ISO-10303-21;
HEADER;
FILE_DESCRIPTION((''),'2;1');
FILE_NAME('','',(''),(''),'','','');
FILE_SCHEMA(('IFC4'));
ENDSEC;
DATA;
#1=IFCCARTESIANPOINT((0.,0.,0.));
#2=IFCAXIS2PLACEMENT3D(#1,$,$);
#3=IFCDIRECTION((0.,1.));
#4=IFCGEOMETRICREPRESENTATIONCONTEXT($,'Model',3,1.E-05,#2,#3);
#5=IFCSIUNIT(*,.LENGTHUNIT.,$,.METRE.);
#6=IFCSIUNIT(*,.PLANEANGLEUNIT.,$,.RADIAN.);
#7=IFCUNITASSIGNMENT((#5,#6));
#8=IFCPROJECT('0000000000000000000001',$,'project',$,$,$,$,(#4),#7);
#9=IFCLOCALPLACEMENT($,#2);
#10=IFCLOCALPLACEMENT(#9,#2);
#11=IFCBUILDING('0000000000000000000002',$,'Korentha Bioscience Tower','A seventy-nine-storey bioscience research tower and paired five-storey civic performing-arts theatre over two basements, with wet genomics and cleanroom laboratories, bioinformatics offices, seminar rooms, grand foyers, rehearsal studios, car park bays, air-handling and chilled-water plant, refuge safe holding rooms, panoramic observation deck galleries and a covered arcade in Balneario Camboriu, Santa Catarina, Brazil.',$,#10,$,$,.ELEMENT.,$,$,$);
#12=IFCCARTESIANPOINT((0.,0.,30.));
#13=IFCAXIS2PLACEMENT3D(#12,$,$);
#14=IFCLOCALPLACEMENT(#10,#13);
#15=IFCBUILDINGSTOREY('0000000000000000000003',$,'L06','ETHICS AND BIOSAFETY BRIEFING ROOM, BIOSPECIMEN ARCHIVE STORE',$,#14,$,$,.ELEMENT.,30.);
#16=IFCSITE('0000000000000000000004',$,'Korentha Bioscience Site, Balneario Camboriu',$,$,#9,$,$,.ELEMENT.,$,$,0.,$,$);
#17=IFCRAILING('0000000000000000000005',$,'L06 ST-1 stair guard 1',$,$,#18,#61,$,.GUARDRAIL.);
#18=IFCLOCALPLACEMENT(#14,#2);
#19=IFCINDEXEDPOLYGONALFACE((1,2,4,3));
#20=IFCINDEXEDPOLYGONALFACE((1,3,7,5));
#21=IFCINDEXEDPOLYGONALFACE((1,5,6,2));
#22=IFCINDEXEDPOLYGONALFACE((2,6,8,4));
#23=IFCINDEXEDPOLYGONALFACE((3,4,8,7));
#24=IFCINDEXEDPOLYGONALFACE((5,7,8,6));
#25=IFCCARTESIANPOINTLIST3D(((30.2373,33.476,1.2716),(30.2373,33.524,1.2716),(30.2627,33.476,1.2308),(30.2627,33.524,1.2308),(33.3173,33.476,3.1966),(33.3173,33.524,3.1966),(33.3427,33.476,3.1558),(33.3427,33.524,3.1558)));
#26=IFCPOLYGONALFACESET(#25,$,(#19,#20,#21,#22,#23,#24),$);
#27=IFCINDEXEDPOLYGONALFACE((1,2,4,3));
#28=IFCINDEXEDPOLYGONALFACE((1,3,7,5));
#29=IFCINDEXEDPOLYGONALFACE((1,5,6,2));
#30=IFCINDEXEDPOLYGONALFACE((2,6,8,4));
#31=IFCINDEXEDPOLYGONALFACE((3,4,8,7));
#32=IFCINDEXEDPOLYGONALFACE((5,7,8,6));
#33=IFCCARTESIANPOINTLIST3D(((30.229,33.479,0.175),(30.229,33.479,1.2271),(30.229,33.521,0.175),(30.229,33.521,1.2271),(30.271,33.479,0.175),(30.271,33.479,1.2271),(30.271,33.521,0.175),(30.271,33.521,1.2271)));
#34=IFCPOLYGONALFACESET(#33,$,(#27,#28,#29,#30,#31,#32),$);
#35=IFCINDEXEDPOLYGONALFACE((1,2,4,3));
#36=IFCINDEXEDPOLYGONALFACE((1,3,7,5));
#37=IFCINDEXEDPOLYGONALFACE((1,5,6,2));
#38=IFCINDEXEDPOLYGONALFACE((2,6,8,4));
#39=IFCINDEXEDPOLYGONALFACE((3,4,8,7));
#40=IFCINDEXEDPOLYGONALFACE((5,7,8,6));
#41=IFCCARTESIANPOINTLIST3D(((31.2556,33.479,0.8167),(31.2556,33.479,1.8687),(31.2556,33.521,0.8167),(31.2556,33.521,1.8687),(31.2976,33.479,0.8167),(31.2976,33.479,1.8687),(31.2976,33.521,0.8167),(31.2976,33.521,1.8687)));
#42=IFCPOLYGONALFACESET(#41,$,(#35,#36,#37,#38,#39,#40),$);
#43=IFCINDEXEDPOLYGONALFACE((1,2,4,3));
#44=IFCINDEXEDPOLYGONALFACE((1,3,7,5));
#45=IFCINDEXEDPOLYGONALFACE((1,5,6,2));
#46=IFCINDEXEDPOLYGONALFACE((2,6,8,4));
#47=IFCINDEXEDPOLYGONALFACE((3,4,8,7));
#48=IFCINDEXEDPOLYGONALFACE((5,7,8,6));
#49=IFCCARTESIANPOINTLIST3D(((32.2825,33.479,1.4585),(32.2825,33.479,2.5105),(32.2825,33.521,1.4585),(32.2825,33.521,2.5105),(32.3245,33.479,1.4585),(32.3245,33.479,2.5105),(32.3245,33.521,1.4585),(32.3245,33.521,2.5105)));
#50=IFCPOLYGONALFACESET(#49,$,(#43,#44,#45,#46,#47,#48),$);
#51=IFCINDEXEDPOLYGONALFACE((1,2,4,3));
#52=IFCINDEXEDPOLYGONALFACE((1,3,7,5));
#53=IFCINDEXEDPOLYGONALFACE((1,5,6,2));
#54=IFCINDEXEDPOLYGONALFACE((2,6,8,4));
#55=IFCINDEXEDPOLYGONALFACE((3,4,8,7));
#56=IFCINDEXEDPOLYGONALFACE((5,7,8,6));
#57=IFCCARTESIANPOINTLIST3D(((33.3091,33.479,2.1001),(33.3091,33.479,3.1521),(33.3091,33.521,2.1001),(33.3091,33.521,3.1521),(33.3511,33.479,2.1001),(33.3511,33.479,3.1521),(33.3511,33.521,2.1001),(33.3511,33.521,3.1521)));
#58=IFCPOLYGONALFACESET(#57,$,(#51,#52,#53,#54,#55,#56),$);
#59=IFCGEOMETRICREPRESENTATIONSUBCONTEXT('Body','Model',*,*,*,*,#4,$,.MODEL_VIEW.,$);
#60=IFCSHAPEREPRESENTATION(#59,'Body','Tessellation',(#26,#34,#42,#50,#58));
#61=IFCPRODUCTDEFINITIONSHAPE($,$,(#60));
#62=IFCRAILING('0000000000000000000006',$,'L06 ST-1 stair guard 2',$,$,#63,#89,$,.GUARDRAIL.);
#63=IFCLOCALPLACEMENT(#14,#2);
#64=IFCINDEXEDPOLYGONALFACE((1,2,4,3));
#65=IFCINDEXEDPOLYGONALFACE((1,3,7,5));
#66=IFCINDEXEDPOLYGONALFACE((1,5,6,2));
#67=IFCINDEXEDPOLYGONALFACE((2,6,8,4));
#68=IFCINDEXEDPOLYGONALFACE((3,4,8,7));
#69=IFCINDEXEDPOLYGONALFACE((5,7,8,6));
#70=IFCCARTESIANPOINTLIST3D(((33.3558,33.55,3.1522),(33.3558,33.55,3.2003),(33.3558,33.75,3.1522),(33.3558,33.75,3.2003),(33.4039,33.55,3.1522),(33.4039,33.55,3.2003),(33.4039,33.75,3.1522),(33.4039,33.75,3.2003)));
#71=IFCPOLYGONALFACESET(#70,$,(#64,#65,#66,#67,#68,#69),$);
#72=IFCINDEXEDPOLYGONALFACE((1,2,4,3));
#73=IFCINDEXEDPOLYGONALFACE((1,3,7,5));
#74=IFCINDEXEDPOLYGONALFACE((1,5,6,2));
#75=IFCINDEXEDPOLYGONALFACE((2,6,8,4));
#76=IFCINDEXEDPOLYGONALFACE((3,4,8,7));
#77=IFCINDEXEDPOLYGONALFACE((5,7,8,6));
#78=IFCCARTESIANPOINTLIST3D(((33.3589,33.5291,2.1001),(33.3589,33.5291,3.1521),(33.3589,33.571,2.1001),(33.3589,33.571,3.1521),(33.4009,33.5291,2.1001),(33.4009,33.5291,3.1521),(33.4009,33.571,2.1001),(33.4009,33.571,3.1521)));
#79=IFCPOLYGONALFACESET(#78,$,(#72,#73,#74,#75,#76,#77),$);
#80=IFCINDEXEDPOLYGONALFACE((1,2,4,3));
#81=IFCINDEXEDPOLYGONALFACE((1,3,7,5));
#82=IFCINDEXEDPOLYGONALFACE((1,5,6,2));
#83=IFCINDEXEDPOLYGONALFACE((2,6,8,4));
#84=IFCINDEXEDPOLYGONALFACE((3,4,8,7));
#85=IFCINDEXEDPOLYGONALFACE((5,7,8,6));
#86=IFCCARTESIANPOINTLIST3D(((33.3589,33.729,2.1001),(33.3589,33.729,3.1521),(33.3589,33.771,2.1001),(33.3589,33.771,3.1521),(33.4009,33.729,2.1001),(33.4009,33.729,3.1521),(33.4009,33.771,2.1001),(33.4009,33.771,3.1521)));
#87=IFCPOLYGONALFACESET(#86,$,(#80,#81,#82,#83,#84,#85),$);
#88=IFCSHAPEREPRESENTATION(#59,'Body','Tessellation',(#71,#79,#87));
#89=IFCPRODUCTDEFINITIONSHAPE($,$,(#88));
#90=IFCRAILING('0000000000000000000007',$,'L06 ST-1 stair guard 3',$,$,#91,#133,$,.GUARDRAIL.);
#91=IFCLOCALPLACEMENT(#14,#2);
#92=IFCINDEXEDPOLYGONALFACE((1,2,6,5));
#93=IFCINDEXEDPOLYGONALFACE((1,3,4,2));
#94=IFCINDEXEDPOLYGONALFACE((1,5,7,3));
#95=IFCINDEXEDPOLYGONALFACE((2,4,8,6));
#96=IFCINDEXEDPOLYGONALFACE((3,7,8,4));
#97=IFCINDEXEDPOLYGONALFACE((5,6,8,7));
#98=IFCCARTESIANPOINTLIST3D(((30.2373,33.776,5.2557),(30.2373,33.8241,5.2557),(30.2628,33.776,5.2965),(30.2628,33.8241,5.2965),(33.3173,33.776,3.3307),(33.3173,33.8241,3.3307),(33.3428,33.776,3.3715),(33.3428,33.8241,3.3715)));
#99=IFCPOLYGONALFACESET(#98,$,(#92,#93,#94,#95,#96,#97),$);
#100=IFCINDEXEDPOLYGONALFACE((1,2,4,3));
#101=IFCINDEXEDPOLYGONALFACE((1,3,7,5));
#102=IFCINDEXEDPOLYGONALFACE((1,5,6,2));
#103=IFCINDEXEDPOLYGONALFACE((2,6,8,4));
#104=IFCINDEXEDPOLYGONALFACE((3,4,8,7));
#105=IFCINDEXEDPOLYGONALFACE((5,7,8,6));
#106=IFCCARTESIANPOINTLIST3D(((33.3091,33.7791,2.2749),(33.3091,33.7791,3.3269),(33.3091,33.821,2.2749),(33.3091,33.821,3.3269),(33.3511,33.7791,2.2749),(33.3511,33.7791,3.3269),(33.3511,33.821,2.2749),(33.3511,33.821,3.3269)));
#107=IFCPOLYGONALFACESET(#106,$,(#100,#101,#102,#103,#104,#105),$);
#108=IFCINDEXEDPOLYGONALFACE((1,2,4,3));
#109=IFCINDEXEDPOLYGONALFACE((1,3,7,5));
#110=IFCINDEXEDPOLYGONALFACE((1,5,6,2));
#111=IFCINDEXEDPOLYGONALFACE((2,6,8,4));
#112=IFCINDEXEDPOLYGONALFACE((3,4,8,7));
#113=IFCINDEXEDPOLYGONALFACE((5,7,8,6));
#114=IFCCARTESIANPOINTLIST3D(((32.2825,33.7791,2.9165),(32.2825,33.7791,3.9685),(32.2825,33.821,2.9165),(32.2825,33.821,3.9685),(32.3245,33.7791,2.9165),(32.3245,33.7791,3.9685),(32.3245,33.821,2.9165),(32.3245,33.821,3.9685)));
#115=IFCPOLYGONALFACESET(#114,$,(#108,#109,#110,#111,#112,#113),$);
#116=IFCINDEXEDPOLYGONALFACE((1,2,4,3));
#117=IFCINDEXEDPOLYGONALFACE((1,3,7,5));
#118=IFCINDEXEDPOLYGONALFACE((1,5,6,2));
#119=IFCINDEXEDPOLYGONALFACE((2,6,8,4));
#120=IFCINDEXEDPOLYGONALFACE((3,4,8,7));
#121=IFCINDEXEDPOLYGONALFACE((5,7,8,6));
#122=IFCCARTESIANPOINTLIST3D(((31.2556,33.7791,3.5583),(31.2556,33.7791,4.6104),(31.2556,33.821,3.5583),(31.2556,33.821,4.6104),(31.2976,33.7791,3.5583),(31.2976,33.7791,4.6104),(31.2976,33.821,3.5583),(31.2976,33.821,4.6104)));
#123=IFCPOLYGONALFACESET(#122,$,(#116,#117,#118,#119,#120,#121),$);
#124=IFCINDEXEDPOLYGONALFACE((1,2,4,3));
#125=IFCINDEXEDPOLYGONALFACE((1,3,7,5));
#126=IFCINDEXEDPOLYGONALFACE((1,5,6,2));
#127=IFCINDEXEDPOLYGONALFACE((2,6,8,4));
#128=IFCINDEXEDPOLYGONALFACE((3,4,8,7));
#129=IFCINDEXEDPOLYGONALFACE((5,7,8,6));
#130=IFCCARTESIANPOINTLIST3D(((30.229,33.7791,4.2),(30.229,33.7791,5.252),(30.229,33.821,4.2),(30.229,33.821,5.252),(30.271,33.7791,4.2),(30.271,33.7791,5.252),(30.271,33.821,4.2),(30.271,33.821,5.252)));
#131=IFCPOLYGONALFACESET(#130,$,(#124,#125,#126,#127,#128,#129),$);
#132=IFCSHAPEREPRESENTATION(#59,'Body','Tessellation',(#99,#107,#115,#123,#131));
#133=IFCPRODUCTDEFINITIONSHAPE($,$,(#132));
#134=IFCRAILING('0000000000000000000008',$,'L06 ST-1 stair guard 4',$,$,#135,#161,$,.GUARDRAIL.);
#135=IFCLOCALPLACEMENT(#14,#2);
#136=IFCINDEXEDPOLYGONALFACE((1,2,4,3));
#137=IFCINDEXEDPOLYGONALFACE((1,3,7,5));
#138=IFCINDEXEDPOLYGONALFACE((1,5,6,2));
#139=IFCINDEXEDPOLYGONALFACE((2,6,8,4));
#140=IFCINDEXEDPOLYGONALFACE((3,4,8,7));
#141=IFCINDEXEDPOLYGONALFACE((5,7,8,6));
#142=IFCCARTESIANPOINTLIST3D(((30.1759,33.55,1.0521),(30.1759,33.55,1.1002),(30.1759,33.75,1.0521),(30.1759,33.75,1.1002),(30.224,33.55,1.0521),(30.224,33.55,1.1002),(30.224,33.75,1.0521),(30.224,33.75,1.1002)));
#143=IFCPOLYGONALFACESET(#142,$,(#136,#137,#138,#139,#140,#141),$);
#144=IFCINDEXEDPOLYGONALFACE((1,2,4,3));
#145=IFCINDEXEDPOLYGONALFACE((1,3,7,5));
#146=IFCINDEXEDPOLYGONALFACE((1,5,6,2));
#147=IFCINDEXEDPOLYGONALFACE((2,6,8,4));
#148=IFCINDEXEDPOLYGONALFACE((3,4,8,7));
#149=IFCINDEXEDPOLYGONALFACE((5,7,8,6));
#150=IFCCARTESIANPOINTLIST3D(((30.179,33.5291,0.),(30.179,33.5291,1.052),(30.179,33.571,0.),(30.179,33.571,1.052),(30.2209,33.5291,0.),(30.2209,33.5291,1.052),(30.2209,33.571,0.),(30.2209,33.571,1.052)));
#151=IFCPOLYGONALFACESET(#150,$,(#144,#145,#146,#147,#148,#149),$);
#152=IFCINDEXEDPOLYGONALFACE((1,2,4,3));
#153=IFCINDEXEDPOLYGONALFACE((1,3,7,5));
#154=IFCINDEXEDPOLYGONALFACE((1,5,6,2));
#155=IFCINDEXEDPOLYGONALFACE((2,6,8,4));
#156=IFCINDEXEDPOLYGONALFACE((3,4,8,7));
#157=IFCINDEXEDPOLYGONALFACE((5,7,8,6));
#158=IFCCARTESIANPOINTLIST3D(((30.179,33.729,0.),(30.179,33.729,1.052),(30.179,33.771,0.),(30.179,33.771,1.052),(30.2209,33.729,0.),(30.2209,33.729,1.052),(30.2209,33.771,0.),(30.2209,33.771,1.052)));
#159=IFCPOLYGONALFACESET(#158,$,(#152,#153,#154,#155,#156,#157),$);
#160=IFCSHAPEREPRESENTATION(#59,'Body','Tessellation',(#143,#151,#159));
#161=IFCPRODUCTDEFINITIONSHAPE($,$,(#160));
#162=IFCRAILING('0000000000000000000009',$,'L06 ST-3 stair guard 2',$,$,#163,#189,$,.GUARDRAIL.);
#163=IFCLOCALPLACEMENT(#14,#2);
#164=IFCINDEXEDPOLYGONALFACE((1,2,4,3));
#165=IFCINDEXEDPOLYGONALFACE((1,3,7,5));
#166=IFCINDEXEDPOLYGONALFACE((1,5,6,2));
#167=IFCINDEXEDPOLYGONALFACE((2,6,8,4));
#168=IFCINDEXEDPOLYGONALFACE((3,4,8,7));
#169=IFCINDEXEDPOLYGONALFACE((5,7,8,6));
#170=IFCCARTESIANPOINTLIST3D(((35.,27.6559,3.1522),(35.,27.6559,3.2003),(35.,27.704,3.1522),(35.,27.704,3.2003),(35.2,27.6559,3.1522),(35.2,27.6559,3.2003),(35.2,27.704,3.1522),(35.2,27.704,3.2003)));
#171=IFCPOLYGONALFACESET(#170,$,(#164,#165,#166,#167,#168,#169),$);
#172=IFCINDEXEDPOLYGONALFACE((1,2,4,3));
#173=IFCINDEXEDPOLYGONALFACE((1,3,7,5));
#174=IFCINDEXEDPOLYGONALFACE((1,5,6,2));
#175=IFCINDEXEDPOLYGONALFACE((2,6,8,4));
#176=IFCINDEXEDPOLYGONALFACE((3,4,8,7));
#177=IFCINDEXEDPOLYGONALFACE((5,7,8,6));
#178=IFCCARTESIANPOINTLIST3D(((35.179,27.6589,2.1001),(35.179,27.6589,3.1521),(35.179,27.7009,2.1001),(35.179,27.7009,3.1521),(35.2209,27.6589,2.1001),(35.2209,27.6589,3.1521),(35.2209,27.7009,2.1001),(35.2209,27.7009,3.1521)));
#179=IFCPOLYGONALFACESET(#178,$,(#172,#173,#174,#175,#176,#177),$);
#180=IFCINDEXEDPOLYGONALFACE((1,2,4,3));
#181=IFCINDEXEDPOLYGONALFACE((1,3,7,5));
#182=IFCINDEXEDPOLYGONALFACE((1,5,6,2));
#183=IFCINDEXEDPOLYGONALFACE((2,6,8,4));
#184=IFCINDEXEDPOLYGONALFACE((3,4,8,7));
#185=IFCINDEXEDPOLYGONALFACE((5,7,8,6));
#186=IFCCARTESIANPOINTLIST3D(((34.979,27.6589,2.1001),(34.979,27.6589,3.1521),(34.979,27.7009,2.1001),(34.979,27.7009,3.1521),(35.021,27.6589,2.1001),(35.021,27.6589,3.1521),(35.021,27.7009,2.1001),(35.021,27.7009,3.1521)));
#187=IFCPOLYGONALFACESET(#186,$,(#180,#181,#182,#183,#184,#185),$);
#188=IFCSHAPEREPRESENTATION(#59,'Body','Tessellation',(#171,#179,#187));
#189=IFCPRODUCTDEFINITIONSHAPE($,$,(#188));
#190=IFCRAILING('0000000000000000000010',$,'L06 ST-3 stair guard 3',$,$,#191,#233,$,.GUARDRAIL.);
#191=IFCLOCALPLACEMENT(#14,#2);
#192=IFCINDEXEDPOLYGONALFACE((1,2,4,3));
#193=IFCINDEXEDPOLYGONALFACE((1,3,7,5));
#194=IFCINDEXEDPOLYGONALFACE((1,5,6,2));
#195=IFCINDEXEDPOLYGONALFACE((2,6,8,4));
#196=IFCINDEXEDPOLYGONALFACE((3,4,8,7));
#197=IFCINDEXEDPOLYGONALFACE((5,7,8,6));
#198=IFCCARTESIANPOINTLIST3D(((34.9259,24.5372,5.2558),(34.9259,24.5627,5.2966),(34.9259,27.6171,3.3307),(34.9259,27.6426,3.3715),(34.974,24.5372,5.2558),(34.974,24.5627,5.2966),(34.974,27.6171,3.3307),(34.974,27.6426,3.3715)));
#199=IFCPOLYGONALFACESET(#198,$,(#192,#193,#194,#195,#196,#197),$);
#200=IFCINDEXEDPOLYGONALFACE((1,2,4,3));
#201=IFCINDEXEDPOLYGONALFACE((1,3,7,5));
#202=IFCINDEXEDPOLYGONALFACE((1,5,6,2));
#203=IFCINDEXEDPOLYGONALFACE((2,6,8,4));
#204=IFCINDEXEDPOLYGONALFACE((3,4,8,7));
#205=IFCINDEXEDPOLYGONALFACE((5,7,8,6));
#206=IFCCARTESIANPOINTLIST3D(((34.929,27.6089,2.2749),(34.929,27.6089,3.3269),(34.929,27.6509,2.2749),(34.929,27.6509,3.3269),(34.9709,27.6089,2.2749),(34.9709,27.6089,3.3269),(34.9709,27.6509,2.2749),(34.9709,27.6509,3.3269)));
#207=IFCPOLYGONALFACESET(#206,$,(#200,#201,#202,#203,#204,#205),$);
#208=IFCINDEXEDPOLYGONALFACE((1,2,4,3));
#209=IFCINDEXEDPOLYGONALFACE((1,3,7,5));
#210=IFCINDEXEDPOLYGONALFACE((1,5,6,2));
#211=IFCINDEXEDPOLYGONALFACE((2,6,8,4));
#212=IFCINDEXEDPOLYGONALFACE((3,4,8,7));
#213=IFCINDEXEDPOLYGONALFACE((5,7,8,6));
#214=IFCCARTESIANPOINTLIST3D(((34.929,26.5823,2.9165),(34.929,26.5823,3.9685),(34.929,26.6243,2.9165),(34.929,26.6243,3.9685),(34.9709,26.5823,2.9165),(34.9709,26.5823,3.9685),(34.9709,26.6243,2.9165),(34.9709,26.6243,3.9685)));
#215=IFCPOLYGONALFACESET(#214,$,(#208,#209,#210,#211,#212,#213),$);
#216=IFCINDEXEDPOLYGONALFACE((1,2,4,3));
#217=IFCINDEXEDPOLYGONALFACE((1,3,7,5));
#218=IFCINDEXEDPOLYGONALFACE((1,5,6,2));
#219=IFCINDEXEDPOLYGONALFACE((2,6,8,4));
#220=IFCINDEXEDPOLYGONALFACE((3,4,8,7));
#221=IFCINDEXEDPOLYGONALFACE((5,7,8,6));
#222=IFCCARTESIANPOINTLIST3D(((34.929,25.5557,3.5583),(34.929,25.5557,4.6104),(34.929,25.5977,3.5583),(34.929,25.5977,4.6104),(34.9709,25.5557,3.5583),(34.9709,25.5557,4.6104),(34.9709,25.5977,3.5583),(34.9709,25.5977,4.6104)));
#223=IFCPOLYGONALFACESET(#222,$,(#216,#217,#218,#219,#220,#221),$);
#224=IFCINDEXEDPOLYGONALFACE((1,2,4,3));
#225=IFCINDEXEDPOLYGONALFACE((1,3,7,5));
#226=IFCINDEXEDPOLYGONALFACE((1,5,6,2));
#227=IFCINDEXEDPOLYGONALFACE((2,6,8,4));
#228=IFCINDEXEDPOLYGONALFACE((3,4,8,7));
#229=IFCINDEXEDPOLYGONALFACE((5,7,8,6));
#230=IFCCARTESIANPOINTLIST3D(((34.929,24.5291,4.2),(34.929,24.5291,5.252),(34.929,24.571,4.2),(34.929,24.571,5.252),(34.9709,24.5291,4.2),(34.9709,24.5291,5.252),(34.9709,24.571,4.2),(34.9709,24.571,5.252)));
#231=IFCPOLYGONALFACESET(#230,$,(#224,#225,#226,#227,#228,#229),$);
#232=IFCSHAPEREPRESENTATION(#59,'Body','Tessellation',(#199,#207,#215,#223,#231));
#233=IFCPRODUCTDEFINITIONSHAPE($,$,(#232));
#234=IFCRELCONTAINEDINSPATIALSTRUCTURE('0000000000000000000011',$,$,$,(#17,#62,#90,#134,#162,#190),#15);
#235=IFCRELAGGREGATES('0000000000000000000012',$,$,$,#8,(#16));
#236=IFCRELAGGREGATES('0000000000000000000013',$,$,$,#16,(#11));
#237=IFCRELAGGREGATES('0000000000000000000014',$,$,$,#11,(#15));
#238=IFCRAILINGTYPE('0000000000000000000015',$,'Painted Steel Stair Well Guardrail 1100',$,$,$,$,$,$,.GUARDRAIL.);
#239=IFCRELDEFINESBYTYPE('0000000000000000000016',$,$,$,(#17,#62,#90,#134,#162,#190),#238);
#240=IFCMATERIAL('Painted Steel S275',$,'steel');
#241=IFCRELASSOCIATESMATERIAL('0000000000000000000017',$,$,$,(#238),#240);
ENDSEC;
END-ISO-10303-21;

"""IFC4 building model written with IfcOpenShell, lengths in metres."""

from ifc_helpers import new_model, si_unit, direction, frame, origin, origin_2d, place, context, subcontext, project, spatial, rectangle, extrude, material, type_object, element, save


model = new_model("IFC4")

# Units and contexts
model_context = context("Model", 3, precision=1e-05, world=origin(), true_north=direction((0.0, 1.0)))
body_context = subcontext(model_context, "Body", "Model", "MODEL_VIEW")
ifc_project = project(units=[si_unit("LENGTHUNIT", "METRE"), si_unit("PLANEANGLEUNIT", "RADIAN")], contexts=[model_context])

# Site, building, storey
site_placement = place(None, origin())
site = spatial("IfcSite", under=ifc_project, at=site_placement, Name="Korentha Bioscience Site, Balneario Camboriu", CompositionType="ELEMENT", RefElevation=0.0)
building_placement = place(site_placement, origin())
building = spatial("IfcBuilding", under=site, at=building_placement, Name="Korentha Bioscience Tower", Description="A seventy-nine-storey bioscience research tower and paired five-storey civic performing-arts theatre over two basements, with wet genomics and cleanroom laboratories, bioinformatics offices, seminar rooms, grand foyers, rehearsal studios, car park bays, air-handling and chilled-water plant, refuge safe holding rooms, panoramic observation deck galleries and a covered arcade in Balneario Camboriu, Santa Catarina, Brazil.", CompositionType="ELEMENT")
storey_placement = place(building_placement, frame((0.0, 0.0, 30.0)))
storey = spatial("IfcBuildingStorey", under=building, at=storey_placement, Name="L06", Description="ETHICS AND BIOSAFETY BRIEFING ROOM, BIOSPECIMEN ARCHIVE STORE", CompositionType="ELEMENT", Elevation=30.0)

# Railings
ifc_material_1 = material(Name="Painted Steel S275", Category="steel")
railing_type_1 = type_object("IfcRailingType", Name="Painted Steel Stair Well Guardrail 1100", PredefinedType="GUARDRAIL", material=ifc_material_1)
railing_1_placement = place(storey_placement, frame((30.25, 33.5, 0.175)))
element("IfcRailing", 1, at=railing_1_placement, inside=storey, type_object=railing_type_1, Name="L06 ST-1 stair guard 1", PredefinedType="GUARDRAIL", context=body_context, shape_type="SweptSolid", body=[
    extrude(rectangle(XDim=0.0481, YDim=0.0481, at=origin_2d()), frame((0.0, 0.0, 1.0762), z_axis=(0.847998, 0.0, 0.529999), x_axis=(0.0, 1.0, 0.0)), (0.0, 0.0, 1.0), 3.6321),
    extrude(rectangle(XDim=0.042, YDim=0.042, at=origin_2d()), origin(), (0.0, 0.0, 1.0), 1.052),
    extrude(rectangle(XDim=0.042, YDim=0.042, at=origin_2d()), frame((1.0266, 0.0, 0.6416)), (0.0, 0.0, 1.0), 1.052),
    extrude(rectangle(XDim=0.042, YDim=0.042, at=origin_2d()), frame((2.0535, 0.0, 1.2834)), (0.0, 0.0, 1.0), 1.052),
    extrude(rectangle(XDim=0.042, YDim=0.042, at=origin_2d()), frame((3.0801, 0.0, 1.925)), (0.0, 0.0, 1.0), 1.052),
])
railing_2_placement = place(storey_placement, frame((33.3799, 33.55, 2.1001)))
element("IfcRailing", 2, at=railing_2_placement, inside=storey, type_object=railing_type_1, Name="L06 ST-1 stair guard 2", PredefinedType="GUARDRAIL", context=body_context, shape_type="SweptSolid", body=[
    extrude(rectangle(XDim=0.0481, YDim=0.0481, at=origin_2d()), frame((0.0, 0.0, 1.0762), z_axis=(0.0, 1.0, 0.0), x_axis=(-1.0, 0.0, 0.0)), (0.0, 0.0, 1.0), 0.2),
    extrude(rectangle(XDim=0.042, YDim=0.042, at=origin_2d()), origin(), (0.0, 0.0, 1.0), 1.052),
    extrude(rectangle(XDim=0.042, YDim=0.042, at=origin_2d()), frame((0.0, 0.2, 0.0)), (0.0, 0.0, 1.0), 1.052),
])
railing_3_placement = place(storey_placement, frame((33.3301, 33.8, 2.2749)))
element("IfcRailing", 3, at=railing_3_placement, inside=storey, type_object=railing_type_1, Name="L06 ST-1 stair guard 3", PredefinedType="GUARDRAIL", context=body_context, shape_type="SweptSolid", body=[
    extrude(rectangle(XDim=0.0481, YDim=0.0481, at=origin_2d()), frame((0.0, 0.0, 1.0762), z_axis=(-0.847998, 0.0, 0.529999), x_axis=(0.0, -1.0, 0.0)), (0.0, 0.0, 1.0), 3.6321),
    extrude(rectangle(XDim=0.042, YDim=0.042, at=origin_2d()), origin(), (0.0, 0.0, 1.0), 1.052),
    extrude(rectangle(XDim=0.042, YDim=0.042, at=origin_2d()), frame((-1.0266, 0.0, 0.6416)), (0.0, 0.0, 1.0), 1.052),
    extrude(rectangle(XDim=0.042, YDim=0.042, at=origin_2d()), frame((-2.0535, 0.0, 1.2834)), (0.0, 0.0, 1.0), 1.052),
    extrude(rectangle(XDim=0.042, YDim=0.042, at=origin_2d()), frame((-3.0801, 0.0, 1.925)), (0.0, 0.0, 1.0), 1.052),
])
railing_4_placement = place(storey_placement, frame((30.2, 33.55, 0.0)))
element("IfcRailing", 4, at=railing_4_placement, inside=storey, type_object=railing_type_1, Name="L06 ST-1 stair guard 4", PredefinedType="GUARDRAIL", context=body_context, shape_type="SweptSolid", body=[
    extrude(rectangle(XDim=0.0481, YDim=0.0481, at=origin_2d()), frame((0.0, 0.0, 1.0762), z_axis=(0.0, 1.0, 0.0), x_axis=(-1.0, 0.0, 0.0)), (0.0, 0.0, 1.0), 0.2),
    extrude(rectangle(XDim=0.042, YDim=0.042, at=origin_2d()), origin(), (0.0, 0.0, 1.0), 1.052),
    extrude(rectangle(XDim=0.042, YDim=0.042, at=origin_2d()), frame((0.0, 0.2, 0.0)), (0.0, 0.0, 1.0), 1.052),
])
railing_5_placement = place(storey_placement, frame((35.2, 27.6799, 2.1001)))
element("IfcRailing", 5, at=railing_5_placement, inside=storey, type_object=railing_type_1, Name="L06 ST-3 stair guard 2", PredefinedType="GUARDRAIL", context=body_context, shape_type="SweptSolid", body=[
    extrude(rectangle(XDim=0.0481, YDim=0.0481, at=origin_2d()), frame((0.0, 0.0, 1.0762), z_axis=(-1.0, 0.0, 0.0), x_axis=(0.0, -1.0, 0.0)), (0.0, 0.0, 1.0), 0.2),
    extrude(rectangle(XDim=0.042, YDim=0.042, at=origin_2d()), origin(), (0.0, 0.0, 1.0), 1.052),
    extrude(rectangle(XDim=0.042, YDim=0.042, at=origin_2d()), frame((-0.2, 0.0, 0.0)), (0.0, 0.0, 1.0), 1.052),
])
railing_6_placement = place(storey_placement, frame((34.95, 27.6299, 2.2749)))
element("IfcRailing", 6, at=railing_6_placement, inside=storey, type_object=railing_type_1, Name="L06 ST-3 stair guard 3", PredefinedType="GUARDRAIL", context=body_context, shape_type="SweptSolid", body=[
    extrude(rectangle(XDim=0.0481, YDim=0.0481, at=origin_2d()), frame((0.0, 0.0, 1.0762), z_axis=(0.0, -0.847979, 0.530029), x_axis=(1.0, 0.0, 0.0)), (0.0, 0.0, 1.0), 3.6321),
    extrude(rectangle(XDim=0.042, YDim=0.042, at=origin_2d()), origin(), (0.0, 0.0, 1.0), 1.052),
    extrude(rectangle(XDim=0.042, YDim=0.042, at=origin_2d()), frame((0.0, -1.0266, 0.6416)), (0.0, 0.0, 1.0), 1.052),
    extrude(rectangle(XDim=0.042, YDim=0.042, at=origin_2d()), frame((0.0, -2.0532, 1.2834)), (0.0, 0.0, 1.0), 1.052),
    extrude(rectangle(XDim=0.042, YDim=0.042, at=origin_2d()), frame((0.0, -3.0798, 1.925)), (0.0, 0.0, 1.0), 1.052),
])

save(model, "model.ifc")
